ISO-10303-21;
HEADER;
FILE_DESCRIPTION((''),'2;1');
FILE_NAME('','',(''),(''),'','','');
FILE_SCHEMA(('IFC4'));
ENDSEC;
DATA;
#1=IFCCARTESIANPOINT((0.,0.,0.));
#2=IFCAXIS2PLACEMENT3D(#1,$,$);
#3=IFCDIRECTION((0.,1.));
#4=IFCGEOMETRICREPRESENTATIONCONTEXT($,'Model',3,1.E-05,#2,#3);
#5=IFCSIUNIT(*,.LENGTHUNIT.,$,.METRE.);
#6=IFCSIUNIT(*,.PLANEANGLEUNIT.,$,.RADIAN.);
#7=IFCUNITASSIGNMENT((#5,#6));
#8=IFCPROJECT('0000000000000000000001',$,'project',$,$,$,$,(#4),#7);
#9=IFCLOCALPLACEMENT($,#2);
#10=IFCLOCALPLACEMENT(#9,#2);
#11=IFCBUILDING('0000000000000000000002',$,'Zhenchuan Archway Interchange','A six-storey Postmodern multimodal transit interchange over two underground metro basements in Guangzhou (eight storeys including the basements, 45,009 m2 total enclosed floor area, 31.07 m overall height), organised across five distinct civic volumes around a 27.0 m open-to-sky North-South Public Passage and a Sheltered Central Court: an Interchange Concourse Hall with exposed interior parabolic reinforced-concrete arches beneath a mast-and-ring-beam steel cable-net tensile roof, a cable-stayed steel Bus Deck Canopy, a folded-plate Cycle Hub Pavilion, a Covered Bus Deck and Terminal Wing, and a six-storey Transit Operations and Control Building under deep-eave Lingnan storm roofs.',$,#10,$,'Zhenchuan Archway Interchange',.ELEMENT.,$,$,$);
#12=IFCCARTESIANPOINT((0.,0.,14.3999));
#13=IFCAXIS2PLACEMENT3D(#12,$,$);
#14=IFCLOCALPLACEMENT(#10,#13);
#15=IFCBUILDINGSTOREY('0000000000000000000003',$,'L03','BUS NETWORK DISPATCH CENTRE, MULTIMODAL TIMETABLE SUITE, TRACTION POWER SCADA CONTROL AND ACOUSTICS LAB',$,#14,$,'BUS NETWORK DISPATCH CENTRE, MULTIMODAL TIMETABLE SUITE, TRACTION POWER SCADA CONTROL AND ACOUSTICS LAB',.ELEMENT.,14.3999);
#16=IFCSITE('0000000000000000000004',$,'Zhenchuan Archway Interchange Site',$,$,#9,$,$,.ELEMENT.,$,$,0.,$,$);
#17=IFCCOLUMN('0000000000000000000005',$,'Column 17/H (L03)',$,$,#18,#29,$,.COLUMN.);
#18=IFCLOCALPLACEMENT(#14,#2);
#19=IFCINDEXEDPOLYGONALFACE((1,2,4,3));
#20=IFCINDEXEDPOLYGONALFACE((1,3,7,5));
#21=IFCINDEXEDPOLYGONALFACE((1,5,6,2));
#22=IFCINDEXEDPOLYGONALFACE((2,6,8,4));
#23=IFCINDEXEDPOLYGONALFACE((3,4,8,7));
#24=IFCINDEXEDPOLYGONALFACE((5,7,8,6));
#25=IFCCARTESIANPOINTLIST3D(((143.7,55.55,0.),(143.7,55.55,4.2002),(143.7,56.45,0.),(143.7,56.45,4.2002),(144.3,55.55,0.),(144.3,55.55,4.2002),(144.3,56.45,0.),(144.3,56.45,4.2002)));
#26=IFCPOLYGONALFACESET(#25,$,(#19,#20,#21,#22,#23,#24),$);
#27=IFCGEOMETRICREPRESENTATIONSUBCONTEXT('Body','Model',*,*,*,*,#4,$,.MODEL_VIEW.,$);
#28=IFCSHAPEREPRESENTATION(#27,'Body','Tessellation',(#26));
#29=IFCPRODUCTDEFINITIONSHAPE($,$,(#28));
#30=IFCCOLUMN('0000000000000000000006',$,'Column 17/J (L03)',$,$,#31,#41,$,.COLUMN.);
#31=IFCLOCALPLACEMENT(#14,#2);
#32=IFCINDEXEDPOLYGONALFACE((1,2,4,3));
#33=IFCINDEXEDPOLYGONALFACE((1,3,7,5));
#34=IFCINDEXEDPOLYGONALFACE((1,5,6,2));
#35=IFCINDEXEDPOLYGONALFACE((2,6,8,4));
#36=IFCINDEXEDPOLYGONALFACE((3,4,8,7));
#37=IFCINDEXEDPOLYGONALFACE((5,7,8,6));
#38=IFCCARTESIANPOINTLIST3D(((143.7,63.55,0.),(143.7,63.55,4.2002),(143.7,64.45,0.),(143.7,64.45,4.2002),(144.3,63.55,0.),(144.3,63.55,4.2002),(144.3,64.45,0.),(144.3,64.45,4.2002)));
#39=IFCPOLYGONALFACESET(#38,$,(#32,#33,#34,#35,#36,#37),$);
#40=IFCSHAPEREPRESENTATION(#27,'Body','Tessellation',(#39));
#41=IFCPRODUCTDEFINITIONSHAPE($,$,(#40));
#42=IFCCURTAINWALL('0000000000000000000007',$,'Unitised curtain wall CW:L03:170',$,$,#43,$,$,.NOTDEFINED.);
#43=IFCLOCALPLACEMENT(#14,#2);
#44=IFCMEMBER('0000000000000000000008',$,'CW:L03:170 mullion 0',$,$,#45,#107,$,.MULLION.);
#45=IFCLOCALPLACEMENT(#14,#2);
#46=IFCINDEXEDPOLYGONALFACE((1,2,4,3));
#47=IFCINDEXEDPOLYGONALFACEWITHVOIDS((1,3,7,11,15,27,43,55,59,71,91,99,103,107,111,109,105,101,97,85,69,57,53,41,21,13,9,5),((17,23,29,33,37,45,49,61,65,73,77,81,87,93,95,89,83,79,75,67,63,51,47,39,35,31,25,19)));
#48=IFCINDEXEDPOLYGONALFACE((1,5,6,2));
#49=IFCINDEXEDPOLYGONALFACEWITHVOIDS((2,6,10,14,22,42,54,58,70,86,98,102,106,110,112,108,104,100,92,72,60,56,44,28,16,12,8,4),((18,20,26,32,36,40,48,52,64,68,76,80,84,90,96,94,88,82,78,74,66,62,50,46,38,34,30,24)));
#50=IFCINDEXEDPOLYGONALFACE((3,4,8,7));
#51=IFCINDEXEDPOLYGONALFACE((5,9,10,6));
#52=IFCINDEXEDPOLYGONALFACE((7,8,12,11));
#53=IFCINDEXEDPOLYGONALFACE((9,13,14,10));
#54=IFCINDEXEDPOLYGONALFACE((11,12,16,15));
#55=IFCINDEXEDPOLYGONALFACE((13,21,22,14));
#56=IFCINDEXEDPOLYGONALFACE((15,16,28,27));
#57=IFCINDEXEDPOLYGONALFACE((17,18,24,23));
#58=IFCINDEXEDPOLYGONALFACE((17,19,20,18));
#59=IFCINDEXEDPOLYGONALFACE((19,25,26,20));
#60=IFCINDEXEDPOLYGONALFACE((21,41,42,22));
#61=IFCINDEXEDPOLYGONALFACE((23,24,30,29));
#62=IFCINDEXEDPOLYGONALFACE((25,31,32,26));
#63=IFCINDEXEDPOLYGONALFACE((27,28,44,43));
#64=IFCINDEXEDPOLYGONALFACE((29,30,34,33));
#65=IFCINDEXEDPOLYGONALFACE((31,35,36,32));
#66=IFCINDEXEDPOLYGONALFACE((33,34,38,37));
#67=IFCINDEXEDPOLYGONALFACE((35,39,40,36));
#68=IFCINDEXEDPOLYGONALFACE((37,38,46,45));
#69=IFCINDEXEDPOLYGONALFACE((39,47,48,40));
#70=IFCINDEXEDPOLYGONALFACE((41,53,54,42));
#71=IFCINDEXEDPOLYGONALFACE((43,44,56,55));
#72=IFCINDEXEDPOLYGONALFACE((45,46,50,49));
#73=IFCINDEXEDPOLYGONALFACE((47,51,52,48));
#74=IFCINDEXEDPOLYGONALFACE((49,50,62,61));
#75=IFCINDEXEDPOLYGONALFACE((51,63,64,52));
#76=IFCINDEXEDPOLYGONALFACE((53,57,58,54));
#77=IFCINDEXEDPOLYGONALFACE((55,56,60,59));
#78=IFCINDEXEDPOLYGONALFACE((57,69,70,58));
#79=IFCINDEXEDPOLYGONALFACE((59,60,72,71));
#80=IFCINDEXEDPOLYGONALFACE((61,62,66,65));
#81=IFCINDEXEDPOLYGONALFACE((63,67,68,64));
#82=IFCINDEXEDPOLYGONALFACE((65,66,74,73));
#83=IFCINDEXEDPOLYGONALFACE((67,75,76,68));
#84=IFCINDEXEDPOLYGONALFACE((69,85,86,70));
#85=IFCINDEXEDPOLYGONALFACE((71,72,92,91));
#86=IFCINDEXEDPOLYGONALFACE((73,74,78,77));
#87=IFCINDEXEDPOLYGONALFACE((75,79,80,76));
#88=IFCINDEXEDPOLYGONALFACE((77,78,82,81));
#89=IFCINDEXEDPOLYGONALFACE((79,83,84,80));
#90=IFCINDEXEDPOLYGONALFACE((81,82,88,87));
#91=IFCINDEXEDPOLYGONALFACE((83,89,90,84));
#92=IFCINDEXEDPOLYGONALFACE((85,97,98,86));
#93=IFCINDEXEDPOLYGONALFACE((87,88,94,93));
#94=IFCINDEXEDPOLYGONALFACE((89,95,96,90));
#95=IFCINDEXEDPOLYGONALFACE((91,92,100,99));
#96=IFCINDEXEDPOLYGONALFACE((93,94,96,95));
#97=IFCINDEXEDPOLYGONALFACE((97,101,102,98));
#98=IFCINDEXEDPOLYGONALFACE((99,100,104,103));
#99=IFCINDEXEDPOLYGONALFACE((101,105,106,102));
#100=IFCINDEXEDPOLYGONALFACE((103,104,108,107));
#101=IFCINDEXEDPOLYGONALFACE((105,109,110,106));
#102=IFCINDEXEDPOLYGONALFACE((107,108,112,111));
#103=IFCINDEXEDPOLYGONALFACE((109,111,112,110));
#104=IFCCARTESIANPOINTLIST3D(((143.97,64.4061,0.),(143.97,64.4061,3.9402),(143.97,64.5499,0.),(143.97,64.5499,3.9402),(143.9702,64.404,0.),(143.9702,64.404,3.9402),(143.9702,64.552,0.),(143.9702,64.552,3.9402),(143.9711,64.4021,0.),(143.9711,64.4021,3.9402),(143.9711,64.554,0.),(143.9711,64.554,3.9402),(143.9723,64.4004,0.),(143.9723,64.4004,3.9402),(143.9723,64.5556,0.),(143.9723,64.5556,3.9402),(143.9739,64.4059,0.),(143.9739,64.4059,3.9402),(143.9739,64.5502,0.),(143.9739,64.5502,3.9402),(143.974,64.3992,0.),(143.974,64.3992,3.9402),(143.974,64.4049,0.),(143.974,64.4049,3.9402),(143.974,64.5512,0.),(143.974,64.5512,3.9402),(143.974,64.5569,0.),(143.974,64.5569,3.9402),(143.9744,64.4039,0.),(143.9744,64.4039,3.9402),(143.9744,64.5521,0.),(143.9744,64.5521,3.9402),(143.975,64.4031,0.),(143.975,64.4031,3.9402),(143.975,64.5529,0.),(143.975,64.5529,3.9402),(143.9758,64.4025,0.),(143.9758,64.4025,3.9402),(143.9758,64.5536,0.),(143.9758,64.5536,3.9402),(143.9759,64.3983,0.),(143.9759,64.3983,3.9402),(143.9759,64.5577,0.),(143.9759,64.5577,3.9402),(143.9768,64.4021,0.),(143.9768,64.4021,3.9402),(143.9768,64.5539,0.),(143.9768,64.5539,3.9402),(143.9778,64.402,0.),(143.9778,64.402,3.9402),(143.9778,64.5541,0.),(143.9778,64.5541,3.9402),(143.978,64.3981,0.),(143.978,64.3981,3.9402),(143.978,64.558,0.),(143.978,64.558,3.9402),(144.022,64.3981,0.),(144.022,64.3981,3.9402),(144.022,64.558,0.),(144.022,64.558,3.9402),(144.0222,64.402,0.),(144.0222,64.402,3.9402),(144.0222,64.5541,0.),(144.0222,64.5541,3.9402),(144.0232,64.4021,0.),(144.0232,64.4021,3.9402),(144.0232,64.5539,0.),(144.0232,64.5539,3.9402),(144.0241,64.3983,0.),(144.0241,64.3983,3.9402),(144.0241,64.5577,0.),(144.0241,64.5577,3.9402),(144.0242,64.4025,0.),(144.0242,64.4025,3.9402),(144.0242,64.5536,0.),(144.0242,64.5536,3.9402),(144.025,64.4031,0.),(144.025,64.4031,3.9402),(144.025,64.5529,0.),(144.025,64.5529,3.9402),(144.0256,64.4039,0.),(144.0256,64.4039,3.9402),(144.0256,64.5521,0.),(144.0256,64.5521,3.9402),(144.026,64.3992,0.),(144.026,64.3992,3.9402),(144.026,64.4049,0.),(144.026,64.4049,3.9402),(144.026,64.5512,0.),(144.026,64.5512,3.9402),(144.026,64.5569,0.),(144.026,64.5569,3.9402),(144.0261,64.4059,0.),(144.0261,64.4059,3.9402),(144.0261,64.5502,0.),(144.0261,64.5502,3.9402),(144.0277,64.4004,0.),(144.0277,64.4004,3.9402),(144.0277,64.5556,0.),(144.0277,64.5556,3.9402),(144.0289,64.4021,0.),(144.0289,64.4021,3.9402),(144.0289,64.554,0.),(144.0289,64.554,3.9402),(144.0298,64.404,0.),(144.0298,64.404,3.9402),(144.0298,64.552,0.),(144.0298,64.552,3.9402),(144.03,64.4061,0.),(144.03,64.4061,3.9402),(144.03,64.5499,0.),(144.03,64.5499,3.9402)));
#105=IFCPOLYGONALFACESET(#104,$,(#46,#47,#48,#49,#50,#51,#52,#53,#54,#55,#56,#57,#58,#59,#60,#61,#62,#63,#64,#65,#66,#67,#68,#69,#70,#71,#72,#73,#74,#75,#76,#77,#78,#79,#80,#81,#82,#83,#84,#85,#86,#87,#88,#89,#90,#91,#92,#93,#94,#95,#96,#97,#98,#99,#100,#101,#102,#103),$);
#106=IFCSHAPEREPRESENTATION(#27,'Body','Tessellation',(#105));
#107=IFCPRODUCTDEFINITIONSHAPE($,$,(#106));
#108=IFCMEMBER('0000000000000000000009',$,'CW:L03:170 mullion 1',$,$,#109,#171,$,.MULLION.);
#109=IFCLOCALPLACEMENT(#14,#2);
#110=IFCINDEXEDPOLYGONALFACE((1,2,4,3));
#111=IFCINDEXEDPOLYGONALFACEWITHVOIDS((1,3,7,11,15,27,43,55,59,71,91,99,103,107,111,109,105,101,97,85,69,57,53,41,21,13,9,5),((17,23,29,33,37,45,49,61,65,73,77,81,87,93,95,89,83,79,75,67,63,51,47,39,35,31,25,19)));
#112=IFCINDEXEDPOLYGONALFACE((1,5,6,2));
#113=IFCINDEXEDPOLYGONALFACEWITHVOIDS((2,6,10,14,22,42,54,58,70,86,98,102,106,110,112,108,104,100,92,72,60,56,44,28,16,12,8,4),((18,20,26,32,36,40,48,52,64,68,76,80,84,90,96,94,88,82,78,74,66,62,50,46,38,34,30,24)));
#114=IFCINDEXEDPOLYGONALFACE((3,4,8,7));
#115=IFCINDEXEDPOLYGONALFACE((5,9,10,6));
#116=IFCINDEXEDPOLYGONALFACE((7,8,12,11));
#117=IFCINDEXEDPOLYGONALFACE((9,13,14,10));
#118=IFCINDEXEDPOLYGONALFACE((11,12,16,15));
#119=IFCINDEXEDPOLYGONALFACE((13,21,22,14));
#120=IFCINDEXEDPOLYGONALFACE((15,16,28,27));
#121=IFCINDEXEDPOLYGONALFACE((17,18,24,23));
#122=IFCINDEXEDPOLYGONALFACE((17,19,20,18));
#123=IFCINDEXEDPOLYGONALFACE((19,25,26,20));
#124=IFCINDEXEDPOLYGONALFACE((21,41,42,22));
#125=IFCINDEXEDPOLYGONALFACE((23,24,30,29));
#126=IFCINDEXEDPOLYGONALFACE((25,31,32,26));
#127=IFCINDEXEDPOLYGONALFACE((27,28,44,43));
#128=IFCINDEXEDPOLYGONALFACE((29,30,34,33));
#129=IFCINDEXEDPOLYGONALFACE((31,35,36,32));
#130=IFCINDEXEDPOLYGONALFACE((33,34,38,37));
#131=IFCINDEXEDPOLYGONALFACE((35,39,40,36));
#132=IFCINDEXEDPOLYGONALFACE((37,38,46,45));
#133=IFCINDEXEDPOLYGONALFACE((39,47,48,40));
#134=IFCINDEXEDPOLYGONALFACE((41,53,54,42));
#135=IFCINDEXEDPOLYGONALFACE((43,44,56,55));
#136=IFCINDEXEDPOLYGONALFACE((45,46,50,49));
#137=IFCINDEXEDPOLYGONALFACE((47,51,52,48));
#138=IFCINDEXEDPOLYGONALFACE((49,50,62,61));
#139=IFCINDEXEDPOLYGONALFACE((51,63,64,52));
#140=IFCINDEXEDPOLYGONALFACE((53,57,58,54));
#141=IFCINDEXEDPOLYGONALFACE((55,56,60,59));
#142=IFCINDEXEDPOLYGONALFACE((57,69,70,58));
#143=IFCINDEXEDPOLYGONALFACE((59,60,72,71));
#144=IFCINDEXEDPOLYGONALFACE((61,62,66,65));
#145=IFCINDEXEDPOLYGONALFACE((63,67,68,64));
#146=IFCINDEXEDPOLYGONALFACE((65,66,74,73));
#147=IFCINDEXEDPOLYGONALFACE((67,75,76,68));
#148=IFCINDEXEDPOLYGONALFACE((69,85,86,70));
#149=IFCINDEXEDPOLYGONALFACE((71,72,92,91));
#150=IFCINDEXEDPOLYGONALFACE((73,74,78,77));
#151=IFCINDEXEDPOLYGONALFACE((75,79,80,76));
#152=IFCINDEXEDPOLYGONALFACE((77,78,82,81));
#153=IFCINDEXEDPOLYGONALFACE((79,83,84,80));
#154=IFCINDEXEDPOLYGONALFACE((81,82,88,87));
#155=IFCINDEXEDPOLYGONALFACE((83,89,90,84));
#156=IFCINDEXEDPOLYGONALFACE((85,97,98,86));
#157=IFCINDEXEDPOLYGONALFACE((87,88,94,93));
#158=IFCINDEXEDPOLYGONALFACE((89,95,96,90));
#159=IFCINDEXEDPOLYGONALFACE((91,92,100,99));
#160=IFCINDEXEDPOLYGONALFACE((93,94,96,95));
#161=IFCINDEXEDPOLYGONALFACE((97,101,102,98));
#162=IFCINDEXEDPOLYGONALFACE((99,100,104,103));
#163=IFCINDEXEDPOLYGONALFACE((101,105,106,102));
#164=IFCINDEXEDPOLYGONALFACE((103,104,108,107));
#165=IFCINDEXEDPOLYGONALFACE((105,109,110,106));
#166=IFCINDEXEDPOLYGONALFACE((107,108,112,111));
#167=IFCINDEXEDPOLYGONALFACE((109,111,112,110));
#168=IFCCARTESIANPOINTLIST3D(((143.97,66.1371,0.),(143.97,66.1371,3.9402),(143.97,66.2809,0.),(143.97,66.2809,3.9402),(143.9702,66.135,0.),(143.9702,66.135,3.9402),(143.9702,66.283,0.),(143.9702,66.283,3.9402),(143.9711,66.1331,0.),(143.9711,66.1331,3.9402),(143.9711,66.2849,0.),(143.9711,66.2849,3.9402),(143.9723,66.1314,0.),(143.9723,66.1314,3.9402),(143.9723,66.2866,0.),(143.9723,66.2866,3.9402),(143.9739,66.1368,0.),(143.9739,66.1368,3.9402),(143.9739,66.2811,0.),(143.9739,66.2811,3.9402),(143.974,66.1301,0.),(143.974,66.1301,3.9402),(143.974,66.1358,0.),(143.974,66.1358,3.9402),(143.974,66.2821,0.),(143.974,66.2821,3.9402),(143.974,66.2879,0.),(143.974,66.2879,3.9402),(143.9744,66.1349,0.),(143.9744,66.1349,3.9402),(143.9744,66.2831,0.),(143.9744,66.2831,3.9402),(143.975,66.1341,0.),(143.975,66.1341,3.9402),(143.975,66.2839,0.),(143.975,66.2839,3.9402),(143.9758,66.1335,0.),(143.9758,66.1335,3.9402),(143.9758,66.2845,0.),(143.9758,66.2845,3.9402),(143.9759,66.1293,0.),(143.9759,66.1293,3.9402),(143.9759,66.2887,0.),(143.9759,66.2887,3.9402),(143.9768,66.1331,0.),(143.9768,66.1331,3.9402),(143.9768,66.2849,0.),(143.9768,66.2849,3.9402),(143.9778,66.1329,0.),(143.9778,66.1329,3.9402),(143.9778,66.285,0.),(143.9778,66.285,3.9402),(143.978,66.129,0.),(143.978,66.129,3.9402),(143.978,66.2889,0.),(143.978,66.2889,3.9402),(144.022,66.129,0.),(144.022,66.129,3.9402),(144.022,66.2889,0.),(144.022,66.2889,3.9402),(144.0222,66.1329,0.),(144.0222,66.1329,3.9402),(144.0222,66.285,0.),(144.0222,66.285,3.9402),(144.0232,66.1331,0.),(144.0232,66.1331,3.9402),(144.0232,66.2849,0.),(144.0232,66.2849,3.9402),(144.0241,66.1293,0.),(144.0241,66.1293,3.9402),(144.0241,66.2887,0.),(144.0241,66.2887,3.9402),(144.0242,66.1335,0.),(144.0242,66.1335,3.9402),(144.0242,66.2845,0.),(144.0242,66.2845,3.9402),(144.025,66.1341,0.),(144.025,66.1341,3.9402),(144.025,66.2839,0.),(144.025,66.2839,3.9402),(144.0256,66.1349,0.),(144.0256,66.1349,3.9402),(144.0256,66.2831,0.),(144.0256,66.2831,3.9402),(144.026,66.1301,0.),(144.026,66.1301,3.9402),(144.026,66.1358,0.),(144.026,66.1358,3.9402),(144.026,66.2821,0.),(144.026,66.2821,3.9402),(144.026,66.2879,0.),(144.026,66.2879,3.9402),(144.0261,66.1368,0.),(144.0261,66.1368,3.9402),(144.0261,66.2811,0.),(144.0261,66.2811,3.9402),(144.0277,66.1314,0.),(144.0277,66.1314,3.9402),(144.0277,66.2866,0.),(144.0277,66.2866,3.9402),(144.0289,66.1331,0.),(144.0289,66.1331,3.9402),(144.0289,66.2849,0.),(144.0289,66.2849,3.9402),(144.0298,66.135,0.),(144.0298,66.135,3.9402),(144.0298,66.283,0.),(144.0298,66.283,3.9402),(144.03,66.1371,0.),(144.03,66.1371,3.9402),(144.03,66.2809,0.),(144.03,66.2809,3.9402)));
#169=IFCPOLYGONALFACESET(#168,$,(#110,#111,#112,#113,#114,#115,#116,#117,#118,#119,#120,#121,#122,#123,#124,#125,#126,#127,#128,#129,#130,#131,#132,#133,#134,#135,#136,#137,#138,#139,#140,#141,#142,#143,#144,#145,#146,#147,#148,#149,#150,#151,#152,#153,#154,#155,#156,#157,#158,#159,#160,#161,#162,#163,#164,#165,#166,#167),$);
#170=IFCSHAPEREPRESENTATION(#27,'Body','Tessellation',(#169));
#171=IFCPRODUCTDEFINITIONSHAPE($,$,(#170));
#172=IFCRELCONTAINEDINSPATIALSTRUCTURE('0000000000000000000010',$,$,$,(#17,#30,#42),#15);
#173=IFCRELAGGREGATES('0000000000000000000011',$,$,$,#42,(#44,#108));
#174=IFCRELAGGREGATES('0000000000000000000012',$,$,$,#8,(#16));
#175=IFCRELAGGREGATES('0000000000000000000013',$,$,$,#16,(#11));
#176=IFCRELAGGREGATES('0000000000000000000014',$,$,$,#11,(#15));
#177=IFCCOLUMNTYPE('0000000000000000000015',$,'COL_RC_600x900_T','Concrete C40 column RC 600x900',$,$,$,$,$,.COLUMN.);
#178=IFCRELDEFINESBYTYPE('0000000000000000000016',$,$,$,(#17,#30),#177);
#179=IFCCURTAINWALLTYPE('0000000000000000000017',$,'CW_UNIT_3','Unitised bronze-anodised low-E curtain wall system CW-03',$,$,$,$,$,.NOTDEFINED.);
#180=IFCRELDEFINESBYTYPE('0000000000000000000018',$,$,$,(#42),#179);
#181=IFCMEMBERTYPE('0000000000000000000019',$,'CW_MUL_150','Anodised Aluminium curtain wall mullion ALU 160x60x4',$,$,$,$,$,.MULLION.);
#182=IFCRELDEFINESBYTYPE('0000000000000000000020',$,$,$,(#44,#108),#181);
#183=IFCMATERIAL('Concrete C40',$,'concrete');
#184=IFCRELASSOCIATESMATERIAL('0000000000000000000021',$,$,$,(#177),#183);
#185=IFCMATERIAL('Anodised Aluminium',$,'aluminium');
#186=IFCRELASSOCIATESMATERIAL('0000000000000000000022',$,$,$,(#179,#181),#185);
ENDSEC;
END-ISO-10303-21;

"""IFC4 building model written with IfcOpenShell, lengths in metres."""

from ifc_helpers import new_model, si_unit, direction, frame, origin, origin_2d, place, context, subcontext, project, spatial, rectangle, hollow_rectangle, extrude, material, material_profile, profile_set, type_object, element, aggregate, save


model = new_model("IFC4")

# Units and contexts
model_context = context("Model", 3, precision=1e-05, world=origin(), true_north=direction((0.0, 1.0)))
body_context = subcontext(model_context, "Body", "Model", "MODEL_VIEW")
ifc_project = project(units=[si_unit("LENGTHUNIT", "METRE"), si_unit("PLANEANGLEUNIT", "RADIAN")], contexts=[model_context])

# Site, building, storey
site_placement = place(None, origin())
site = spatial("IfcSite", under=ifc_project, at=site_placement, Name="Zhenchuan Archway Interchange Site", CompositionType="ELEMENT", RefElevation=0.0)
building_placement = place(site_placement, origin())
building = spatial("IfcBuilding", under=site, at=building_placement, Name="Zhenchuan Archway Interchange", Description="A six-storey Postmodern multimodal transit interchange over two underground metro basements in Guangzhou (eight storeys including the basements, 45,009 m2 total enclosed floor area, 31.07 m overall height), organised across five distinct civic volumes around a 27.0 m open-to-sky North-South Public Passage and a Sheltered Central Court: an Interchange Concourse Hall with exposed interior parabolic reinforced-concrete arches beneath a mast-and-ring-beam steel cable-net tensile roof, a cable-stayed steel Bus Deck Canopy, a folded-plate Cycle Hub Pavilion, a Covered Bus Deck and Terminal Wing, and a six-storey Transit Operations and Control Building under deep-eave Lingnan storm roofs.", LongName="Zhenchuan Archway Interchange", CompositionType="ELEMENT")
storey_placement = place(building_placement, frame((0.0, 0.0, 14.3999)))
storey = spatial("IfcBuildingStorey", under=building, at=storey_placement, Name="L03", Description="BUS NETWORK DISPATCH CENTRE, MULTIMODAL TIMETABLE SUITE, TRACTION POWER SCADA CONTROL AND ACOUSTICS LAB", LongName="BUS NETWORK DISPATCH CENTRE, MULTIMODAL TIMETABLE SUITE, TRACTION POWER SCADA CONTROL AND ACOUSTICS LAB", CompositionType="ELEMENT", Elevation=14.3999)

# Columns
ifc_material_1 = material(Name="Concrete C40", Category="concrete")
ifc_material_profile_1 = material_profile(ifc_material_1, rectangle(XDim=0.6001, YDim=0.8999, at=origin_2d()), Name="RC 600x900")
ifc_profile_set_1 = profile_set([ifc_material_profile_1], Name="Concrete C40")
column_type = type_object("IfcColumnType", Name="COL_RC_600x900_T", Description="Concrete C40 column RC 600x900", PredefinedType="COLUMN", material=ifc_profile_set_1)
for number, where, z_axis, x_axis, name in (
    (1, (144.0, 56.0, 0.0), (0.0, 0.0, 1.0), (1.0, 0.0, 0.0), "Column 17/H (L03)"),
    (2, (144.0, 64.0, 0.0), (0.0, 0.0, 1.0), (1.0, 0.0, 0.0), "Column 17/J (L03)"),
):
    element("IfcColumn", number, at=place(storey_placement, frame(where, z_axis=z_axis, x_axis=x_axis)), inside=storey, type_object=column_type, Name=name, PredefinedType="COLUMN", context=body_context, shape_type="SweptSolid", body=[
        extrude(rectangle(XDim=0.6001, YDim=0.8999, at=origin_2d()), origin(), (0.0, 0.0, 1.0), 4.2002),
    ])

# Curtain wall, members
ifc_material_2 = material(Name="Anodised Aluminium", Category="aluminium")
curtain_wall_type = type_object("IfcCurtainWallType", Name="CW_UNIT_3", Description="Unitised bronze-anodised low-E curtain wall system CW-03", PredefinedType="NOTDEFINED", material=ifc_material_2)
curtain_wall_placement = place(storey_placement, origin())
curtain_wall = element("IfcCurtainWall", 3, at=curtain_wall_placement, inside=storey, type_object=curtain_wall_type, Name="Unitised curtain wall CW:L03:170", PredefinedType="NOTDEFINED")
ifc_material_profile_2 = material_profile(ifc_material_2, hollow_rectangle(XDim=0.0601, YDim=0.1599, WallThickness=0.0039, InnerFilletRadius=0.0039, OuterFilletRadius=0.0081, at=origin_2d()), Name="ALU 160x60x4")
ifc_profile_set_2 = profile_set([ifc_material_profile_2], Name="Anodised Aluminium")
member_type_1 = type_object("IfcMemberType", Name="CW_MUL_150", Description="Anodised Aluminium curtain wall mullion ALU 160x60x4", PredefinedType="MULLION", material=ifc_profile_set_2)
member_1_placement = place(storey_placement, frame((144.0, 64.478, 0.0), z_axis=(0.0, 0.0, 1.0), x_axis=(1.0, 0.0, 0.0)))
member_1 = element("IfcMember", 4, at=member_1_placement, type_object=member_type_1, Name="CW:L03:170 mullion 0", PredefinedType="MULLION", context=body_context, shape_type="SweptSolid", body=[
    extrude(hollow_rectangle(XDim=0.0601, YDim=0.1599, WallThickness=0.0039, InnerFilletRadius=0.0039, OuterFilletRadius=0.0081, at=origin_2d()), origin(), (0.0, 0.0, 1.0), 3.9402),
])
member_2_placement = place(storey_placement, frame((144.0, 66.209, 0.0), z_axis=(0.0, 0.0, 1.0), x_axis=(1.0, 0.0, 0.0)))
member_2 = element("IfcMember", 5, at=member_2_placement, type_object=member_type_1, Name="CW:L03:170 mullion 1", PredefinedType="MULLION", context=body_context, shape_type="SweptSolid", body=[
    extrude(hollow_rectangle(XDim=0.0601, YDim=0.1599, WallThickness=0.0039, InnerFilletRadius=0.0039, OuterFilletRadius=0.0081, at=origin_2d()), origin(), (0.0, 0.0, 1.0), 3.9402),
])

aggregate(curtain_wall, [member_1, member_2])

save(model, "model.ifc")
